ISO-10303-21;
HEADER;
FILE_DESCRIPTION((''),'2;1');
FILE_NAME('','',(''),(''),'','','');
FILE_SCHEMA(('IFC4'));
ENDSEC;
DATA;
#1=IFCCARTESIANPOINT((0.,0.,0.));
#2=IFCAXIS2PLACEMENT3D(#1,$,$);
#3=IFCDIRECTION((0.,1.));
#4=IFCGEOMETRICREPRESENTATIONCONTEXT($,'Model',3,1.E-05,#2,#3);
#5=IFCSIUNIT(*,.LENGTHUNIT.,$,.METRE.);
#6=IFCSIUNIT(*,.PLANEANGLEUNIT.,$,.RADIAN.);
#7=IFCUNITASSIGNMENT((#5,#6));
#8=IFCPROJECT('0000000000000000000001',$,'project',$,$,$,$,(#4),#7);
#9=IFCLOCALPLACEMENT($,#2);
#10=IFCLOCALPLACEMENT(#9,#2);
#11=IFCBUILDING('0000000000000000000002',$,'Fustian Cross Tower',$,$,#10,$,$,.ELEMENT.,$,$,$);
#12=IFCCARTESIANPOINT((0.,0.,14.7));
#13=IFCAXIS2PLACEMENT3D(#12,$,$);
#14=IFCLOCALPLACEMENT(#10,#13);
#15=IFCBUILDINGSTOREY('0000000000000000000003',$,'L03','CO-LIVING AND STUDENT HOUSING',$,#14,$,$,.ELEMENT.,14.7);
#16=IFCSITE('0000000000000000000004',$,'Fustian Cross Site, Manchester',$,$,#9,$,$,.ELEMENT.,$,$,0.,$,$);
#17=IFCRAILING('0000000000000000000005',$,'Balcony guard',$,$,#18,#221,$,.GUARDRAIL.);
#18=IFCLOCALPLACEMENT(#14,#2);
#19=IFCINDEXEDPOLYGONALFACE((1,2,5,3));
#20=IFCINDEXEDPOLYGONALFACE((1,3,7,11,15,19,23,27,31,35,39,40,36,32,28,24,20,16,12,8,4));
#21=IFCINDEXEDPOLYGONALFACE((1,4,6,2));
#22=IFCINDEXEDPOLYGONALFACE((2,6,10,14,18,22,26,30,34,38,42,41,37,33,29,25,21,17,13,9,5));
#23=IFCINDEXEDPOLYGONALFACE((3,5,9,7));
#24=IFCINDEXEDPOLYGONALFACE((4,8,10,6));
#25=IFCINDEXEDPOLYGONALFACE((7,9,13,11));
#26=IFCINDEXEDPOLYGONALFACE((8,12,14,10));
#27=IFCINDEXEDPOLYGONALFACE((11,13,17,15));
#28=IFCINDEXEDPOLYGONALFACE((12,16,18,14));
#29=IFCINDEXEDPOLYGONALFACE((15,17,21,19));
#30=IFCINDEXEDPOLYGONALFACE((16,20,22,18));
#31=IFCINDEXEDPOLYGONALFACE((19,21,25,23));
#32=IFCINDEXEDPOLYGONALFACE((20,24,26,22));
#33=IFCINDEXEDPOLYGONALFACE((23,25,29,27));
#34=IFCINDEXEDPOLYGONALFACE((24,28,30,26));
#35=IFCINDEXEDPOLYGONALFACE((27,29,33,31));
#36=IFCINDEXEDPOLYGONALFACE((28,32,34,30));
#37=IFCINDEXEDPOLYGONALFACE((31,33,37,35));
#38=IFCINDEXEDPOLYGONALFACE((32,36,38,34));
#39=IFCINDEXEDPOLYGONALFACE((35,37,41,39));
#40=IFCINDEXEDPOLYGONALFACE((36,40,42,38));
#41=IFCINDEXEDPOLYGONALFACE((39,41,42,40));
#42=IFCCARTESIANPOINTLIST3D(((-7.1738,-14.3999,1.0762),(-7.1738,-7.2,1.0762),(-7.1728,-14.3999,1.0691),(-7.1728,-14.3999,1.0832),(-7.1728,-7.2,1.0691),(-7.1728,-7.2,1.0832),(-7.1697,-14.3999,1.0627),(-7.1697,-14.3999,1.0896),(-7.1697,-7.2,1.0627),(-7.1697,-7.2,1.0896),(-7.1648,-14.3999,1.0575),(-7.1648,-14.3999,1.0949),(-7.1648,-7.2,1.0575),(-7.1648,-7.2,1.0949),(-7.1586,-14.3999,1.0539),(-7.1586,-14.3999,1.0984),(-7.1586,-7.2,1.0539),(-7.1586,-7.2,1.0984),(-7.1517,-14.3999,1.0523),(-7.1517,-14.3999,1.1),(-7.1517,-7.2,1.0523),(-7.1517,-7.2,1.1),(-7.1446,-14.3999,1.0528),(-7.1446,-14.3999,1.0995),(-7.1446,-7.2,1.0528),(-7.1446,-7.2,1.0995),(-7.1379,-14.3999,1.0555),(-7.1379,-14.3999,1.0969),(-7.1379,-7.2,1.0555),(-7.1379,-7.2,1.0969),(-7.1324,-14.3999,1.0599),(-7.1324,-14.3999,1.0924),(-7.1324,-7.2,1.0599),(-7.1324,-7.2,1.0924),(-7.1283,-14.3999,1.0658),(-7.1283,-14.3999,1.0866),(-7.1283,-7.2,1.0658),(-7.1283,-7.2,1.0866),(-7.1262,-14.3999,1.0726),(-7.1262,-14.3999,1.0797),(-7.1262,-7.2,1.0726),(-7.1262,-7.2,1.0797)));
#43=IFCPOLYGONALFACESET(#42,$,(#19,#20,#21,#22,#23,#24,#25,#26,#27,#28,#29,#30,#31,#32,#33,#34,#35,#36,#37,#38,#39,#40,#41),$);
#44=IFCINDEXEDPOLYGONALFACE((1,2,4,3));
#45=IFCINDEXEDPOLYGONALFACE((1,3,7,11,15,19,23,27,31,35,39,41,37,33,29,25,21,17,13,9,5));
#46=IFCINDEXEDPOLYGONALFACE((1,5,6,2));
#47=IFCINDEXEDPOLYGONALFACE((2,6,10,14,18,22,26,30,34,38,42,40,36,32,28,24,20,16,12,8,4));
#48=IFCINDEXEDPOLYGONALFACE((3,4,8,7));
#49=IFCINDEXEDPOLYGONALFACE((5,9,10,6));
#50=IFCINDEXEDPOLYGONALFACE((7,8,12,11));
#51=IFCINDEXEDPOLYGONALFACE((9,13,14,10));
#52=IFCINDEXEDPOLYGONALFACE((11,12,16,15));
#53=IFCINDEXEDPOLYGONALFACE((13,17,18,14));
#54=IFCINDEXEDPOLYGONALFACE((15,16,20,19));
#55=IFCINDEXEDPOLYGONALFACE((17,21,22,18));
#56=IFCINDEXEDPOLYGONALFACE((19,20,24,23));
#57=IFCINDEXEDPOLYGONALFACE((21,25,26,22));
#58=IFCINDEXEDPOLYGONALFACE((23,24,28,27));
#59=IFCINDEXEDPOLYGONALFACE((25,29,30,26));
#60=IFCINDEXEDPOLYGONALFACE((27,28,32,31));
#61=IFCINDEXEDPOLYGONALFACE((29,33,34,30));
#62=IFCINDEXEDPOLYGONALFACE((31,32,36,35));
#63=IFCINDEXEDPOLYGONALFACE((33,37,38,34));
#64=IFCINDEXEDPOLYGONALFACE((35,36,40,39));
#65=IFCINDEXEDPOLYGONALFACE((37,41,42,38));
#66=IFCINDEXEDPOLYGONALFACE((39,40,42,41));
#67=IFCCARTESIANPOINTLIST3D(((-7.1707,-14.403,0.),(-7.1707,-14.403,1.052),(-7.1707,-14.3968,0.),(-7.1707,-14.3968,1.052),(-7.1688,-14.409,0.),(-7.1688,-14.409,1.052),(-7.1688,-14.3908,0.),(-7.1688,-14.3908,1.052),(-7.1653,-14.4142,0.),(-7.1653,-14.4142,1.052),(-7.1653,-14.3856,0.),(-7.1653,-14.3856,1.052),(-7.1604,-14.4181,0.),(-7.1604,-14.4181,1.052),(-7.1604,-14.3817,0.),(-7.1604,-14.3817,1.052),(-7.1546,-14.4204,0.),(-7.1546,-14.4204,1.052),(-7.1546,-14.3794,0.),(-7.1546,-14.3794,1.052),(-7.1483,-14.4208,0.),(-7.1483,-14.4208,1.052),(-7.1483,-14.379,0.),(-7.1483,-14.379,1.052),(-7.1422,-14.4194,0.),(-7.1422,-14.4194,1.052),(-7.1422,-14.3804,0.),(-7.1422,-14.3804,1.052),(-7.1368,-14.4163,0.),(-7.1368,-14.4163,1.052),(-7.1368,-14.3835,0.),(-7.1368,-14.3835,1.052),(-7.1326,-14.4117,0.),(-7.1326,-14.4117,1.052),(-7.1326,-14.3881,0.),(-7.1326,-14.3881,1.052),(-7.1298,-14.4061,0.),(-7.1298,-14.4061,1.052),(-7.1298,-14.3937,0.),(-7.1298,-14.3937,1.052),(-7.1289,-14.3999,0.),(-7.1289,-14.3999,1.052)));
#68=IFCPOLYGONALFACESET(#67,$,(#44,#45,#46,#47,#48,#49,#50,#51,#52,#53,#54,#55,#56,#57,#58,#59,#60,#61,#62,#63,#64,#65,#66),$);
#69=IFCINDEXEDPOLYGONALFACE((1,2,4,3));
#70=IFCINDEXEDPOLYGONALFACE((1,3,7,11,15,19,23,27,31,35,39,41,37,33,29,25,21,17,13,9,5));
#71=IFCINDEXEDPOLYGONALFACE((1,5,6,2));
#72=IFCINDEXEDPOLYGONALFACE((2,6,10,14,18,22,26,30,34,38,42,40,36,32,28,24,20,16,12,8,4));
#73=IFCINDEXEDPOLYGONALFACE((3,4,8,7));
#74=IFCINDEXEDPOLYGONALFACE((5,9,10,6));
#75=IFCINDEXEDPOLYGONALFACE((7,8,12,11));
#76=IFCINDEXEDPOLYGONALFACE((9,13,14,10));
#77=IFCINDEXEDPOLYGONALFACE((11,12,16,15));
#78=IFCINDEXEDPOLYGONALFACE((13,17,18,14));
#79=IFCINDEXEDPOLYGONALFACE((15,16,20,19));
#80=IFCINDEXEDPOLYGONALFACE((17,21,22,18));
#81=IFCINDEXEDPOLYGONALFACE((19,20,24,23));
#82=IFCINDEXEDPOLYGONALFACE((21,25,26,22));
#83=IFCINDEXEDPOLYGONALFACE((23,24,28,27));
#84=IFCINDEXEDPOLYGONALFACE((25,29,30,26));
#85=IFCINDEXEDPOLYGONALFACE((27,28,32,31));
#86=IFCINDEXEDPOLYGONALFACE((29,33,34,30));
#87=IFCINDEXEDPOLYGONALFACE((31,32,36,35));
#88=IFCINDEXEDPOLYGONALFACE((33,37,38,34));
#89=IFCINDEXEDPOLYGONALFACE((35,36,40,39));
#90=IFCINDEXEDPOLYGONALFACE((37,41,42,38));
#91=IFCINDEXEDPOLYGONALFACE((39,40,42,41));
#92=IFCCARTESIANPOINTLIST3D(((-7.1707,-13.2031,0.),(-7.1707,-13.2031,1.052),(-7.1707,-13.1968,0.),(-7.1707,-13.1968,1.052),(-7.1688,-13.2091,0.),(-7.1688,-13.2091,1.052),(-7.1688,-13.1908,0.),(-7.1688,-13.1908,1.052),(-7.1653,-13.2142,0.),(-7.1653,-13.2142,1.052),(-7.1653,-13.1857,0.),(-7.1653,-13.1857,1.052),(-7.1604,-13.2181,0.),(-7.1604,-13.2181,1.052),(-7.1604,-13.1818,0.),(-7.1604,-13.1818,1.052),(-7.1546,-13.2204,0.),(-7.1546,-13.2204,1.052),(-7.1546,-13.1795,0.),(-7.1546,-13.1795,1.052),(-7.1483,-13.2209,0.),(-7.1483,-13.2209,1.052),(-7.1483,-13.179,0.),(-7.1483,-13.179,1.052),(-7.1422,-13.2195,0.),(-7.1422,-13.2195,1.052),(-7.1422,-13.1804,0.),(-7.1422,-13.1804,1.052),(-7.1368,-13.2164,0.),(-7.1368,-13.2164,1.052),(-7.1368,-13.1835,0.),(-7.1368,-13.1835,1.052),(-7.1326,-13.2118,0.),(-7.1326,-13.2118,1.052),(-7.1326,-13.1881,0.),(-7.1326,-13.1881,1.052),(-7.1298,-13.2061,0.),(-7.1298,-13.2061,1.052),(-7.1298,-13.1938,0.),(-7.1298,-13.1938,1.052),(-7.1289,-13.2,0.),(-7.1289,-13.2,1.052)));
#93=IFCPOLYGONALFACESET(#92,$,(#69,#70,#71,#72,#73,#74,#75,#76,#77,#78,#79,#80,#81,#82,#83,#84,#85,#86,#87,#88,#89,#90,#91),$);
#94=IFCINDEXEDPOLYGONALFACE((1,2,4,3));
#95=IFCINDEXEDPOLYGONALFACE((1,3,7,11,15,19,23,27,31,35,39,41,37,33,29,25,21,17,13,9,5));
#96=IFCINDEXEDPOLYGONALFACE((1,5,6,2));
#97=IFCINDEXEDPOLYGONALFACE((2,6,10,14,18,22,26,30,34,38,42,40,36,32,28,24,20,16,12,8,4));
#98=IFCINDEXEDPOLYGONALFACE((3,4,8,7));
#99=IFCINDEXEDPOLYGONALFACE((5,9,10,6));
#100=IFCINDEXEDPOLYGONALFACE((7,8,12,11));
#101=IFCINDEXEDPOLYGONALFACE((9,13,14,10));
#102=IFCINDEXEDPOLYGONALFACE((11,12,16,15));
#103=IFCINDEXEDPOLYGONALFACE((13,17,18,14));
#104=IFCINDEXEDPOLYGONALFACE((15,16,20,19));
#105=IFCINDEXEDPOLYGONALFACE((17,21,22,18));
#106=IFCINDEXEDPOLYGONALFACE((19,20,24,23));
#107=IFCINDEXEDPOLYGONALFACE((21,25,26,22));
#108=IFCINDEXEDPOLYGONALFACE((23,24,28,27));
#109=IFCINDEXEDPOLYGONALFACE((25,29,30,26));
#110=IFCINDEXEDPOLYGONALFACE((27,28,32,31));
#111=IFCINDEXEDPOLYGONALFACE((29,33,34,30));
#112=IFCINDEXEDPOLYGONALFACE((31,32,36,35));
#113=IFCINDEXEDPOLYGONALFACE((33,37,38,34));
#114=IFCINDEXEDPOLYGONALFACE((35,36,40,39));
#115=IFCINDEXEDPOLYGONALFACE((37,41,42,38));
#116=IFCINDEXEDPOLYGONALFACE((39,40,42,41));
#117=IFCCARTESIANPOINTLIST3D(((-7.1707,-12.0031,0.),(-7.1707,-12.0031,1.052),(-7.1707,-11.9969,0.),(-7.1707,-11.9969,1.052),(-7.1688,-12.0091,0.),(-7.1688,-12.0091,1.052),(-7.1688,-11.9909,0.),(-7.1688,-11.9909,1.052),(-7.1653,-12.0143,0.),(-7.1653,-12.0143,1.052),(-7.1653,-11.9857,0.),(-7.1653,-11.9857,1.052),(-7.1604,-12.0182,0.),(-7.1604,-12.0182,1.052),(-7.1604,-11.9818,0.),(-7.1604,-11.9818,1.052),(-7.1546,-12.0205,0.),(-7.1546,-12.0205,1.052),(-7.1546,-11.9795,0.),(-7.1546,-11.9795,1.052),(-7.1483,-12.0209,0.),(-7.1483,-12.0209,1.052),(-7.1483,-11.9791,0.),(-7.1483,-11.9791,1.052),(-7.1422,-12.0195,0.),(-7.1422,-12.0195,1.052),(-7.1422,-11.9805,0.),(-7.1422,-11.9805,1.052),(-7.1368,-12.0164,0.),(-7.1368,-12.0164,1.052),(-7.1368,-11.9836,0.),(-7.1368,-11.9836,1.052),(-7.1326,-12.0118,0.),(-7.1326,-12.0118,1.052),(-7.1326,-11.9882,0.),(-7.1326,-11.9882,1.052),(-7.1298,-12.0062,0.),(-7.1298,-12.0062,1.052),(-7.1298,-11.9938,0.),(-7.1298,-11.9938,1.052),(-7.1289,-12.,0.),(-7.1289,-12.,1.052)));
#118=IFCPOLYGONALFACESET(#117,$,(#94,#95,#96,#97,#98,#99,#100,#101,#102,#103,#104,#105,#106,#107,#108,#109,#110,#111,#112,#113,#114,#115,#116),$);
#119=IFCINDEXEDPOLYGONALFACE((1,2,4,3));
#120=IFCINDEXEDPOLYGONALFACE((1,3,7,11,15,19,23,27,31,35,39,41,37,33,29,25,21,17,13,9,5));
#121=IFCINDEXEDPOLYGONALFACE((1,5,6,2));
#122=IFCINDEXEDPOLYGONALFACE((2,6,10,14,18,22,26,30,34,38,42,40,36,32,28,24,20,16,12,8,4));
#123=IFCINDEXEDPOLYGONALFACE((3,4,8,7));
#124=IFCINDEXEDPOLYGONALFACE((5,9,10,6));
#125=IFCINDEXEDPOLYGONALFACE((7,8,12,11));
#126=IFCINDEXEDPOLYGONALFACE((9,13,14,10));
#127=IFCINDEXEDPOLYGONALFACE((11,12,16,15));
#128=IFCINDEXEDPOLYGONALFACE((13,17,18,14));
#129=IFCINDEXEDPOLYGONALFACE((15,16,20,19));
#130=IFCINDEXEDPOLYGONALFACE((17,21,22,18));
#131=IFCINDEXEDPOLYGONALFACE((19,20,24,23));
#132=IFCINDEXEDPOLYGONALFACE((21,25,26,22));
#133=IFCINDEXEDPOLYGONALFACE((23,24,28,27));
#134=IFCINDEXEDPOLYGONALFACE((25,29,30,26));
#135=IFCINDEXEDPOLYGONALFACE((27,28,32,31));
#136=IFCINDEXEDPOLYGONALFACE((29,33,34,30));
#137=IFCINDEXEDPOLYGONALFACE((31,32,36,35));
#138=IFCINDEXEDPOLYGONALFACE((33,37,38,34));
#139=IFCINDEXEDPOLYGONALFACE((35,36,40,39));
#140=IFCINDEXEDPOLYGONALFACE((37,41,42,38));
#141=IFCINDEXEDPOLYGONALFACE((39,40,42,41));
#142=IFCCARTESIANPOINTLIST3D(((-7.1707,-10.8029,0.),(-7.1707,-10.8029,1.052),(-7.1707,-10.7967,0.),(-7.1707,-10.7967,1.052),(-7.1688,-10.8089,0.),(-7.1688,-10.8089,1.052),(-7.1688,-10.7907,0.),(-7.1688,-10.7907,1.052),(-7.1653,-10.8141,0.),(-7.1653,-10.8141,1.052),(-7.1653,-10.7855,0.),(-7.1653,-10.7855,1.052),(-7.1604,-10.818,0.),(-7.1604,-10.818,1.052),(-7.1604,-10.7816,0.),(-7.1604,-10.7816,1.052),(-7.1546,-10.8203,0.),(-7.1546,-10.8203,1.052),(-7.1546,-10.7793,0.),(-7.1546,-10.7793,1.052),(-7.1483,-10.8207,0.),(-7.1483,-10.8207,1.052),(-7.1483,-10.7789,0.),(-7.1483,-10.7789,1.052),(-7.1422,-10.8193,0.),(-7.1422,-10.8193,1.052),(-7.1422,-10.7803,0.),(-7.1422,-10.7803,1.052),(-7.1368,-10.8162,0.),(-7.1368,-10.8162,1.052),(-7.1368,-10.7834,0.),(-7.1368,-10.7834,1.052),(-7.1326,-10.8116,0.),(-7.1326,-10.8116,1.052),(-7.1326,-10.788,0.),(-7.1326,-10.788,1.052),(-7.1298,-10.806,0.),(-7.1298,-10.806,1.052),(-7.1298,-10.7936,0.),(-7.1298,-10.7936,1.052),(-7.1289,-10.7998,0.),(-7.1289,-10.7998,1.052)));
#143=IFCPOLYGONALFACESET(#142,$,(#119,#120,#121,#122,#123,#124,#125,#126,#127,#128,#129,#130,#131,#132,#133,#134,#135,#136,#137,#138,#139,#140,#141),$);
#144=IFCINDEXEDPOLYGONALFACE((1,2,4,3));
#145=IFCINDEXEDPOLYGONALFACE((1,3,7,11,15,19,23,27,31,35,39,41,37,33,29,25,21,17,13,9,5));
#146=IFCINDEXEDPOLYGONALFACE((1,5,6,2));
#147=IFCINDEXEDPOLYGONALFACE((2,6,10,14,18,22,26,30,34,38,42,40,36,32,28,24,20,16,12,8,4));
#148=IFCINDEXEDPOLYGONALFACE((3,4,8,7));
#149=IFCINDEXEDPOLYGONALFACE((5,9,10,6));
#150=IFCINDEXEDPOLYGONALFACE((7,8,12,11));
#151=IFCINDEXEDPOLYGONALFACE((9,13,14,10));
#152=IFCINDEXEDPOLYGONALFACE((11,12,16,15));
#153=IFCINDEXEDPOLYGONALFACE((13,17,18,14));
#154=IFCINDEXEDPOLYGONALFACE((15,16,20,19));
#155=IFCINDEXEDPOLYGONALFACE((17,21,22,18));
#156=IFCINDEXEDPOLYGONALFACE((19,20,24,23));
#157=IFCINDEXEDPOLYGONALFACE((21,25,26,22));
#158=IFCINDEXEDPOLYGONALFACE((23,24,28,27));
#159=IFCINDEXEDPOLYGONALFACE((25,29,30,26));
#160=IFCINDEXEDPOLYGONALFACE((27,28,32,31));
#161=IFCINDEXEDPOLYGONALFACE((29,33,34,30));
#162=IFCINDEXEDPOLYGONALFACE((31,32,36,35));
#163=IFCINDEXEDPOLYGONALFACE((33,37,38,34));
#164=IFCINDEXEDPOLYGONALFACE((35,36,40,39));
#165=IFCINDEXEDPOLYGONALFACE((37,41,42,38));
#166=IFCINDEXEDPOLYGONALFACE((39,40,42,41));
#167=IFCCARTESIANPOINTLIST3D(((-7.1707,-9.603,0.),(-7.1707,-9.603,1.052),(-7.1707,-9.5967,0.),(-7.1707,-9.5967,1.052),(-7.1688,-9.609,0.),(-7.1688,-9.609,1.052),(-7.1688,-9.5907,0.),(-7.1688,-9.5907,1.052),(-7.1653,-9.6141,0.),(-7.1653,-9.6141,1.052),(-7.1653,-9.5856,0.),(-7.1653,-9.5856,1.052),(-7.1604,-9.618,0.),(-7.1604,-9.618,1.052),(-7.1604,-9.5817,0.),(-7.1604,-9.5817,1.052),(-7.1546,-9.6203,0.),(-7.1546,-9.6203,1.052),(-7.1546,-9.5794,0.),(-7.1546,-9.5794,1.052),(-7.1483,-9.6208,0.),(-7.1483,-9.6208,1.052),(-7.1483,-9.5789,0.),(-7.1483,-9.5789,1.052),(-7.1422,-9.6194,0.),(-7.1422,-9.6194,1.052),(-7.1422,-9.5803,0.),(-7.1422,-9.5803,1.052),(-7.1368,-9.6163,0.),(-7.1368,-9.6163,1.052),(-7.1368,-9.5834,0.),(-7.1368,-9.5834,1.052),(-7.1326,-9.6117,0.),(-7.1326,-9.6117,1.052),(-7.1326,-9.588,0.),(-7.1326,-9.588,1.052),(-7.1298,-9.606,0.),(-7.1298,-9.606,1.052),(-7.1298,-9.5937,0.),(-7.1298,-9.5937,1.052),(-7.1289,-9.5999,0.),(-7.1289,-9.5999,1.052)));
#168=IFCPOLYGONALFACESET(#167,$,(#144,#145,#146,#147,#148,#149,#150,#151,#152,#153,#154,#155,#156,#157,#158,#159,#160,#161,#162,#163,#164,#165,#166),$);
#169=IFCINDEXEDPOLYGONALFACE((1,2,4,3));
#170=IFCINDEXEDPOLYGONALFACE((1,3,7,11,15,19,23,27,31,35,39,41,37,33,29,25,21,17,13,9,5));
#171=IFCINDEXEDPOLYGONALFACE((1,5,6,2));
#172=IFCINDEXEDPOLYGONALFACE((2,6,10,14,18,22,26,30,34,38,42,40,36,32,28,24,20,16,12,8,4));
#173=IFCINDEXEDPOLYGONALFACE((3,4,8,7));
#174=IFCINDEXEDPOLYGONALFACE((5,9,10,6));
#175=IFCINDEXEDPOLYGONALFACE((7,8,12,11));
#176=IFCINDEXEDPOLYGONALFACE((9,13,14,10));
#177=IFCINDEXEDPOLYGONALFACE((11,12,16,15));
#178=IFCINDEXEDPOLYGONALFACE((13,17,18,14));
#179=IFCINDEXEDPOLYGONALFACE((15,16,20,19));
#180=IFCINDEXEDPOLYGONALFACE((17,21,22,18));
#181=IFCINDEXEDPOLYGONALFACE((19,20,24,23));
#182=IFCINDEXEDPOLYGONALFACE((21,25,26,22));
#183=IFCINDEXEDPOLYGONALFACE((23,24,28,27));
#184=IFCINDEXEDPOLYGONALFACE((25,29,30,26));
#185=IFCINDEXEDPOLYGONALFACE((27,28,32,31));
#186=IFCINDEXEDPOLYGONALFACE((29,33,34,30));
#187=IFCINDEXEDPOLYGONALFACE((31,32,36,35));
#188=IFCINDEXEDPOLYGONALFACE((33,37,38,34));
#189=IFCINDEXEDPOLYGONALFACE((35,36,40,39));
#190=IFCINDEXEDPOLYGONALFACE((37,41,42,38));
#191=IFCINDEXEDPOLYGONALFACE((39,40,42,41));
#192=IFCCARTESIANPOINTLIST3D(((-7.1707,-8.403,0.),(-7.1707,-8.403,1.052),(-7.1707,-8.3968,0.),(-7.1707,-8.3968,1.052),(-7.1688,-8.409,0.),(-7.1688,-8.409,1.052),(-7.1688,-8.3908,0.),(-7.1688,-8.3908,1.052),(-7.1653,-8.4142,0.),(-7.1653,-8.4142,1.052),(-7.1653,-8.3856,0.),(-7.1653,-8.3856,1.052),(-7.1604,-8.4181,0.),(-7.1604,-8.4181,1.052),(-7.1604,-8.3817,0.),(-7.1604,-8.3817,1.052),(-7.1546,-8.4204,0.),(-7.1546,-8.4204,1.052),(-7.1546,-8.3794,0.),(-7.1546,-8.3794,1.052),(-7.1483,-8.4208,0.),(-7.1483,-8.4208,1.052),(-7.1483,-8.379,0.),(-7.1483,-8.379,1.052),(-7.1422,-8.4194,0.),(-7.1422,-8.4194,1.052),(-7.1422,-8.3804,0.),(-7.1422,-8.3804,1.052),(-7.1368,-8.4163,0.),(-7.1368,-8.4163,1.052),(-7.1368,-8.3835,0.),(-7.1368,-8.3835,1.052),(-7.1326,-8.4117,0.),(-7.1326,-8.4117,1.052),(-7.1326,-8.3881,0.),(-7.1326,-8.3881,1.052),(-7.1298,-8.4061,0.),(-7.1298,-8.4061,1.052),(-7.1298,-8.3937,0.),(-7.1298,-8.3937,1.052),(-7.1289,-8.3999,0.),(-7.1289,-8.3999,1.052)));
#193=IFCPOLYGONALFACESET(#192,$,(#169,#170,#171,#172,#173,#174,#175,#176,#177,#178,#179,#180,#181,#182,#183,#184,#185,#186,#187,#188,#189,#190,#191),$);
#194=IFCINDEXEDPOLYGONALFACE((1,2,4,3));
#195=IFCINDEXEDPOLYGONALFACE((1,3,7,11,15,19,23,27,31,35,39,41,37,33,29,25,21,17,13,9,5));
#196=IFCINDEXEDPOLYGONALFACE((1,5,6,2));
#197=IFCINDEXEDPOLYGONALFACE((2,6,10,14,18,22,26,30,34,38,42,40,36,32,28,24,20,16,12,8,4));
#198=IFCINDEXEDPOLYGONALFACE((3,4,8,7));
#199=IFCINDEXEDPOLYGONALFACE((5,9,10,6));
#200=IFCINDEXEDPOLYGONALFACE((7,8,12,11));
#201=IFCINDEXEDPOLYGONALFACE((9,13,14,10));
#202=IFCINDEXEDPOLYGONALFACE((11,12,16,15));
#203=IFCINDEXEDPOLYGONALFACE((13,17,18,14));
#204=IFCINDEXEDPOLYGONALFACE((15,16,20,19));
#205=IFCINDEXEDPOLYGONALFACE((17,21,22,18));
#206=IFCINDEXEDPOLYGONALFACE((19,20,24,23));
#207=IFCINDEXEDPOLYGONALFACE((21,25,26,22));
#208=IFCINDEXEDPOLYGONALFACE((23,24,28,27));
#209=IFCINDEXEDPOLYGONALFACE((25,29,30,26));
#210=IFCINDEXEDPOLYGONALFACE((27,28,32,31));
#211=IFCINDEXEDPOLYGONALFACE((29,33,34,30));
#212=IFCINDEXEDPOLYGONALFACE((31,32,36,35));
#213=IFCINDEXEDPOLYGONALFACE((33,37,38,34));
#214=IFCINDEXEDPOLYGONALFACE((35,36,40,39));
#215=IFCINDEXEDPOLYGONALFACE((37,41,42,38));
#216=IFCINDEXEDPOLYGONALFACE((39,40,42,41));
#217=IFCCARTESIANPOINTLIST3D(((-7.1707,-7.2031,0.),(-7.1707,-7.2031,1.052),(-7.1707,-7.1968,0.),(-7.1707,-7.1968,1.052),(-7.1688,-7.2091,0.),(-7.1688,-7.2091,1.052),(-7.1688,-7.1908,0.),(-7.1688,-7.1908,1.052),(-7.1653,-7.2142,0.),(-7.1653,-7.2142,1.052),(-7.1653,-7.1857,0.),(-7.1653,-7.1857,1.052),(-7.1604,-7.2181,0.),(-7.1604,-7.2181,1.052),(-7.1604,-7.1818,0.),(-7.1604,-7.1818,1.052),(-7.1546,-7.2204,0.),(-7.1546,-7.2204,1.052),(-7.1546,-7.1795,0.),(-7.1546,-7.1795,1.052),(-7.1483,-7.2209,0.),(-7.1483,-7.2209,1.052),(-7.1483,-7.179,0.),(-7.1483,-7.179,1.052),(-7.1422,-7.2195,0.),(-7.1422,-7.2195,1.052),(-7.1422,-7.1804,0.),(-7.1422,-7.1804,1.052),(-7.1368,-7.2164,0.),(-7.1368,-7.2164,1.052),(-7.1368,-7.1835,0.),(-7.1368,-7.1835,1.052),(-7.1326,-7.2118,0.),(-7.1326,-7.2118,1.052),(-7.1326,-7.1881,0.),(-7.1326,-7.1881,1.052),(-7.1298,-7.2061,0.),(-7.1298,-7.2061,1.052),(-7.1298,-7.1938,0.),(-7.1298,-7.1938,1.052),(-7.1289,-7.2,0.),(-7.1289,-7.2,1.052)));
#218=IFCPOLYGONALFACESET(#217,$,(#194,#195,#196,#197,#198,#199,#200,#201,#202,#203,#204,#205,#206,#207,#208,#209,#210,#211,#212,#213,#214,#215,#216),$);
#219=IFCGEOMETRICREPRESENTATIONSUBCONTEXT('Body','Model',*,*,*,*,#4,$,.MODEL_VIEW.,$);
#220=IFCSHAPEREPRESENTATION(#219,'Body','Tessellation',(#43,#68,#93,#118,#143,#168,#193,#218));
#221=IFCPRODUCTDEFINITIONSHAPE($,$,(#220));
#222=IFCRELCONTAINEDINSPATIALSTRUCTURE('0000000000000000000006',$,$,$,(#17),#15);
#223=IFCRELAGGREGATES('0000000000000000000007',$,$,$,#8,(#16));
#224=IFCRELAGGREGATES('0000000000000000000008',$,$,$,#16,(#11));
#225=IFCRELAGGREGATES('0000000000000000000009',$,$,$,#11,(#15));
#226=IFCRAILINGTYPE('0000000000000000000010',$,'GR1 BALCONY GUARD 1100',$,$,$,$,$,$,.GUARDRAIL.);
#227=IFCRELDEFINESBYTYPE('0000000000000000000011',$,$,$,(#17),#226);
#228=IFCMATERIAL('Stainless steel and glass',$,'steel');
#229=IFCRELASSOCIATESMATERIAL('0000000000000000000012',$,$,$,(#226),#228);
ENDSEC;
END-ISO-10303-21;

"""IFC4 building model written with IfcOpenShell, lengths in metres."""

from ifc_helpers import new_model, si_unit, direction, frame, origin, origin_2d, place, context, subcontext, project, spatial, circle, extrude, material, type_object, element, save


model = new_model("IFC4")

# Units and contexts
model_context = context("Model", 3, precision=1e-05, world=origin(), true_north=direction((0.0, 1.0)))
body_context = subcontext(model_context, "Body", "Model", "MODEL_VIEW")
ifc_project = project(units=[si_unit("LENGTHUNIT", "METRE"), si_unit("PLANEANGLEUNIT", "RADIAN")], contexts=[model_context])

# Site, building, storey
site_placement = place(None, origin())
site = spatial("IfcSite", under=ifc_project, at=site_placement, Name="Fustian Cross Site, Manchester", CompositionType="ELEMENT", RefElevation=0.0)
building_placement = place(site_placement, origin())
building = spatial("IfcBuilding", under=site, at=building_placement, Name="Fustian Cross Tower", CompositionType="ELEMENT")
storey_placement = place(building_placement, frame((0.0, 0.0, 14.7)))
storey = spatial("IfcBuildingStorey", under=building, at=storey_placement, Name="L03", Description="CO-LIVING AND STUDENT HOUSING", CompositionType="ELEMENT", Elevation=14.7)

# Railing
ifc_material_1 = material(Name="Stainless steel and glass", Category="steel")
railing_type = type_object("IfcRailingType", Name="GR1 BALCONY GUARD 1100", PredefinedType="GUARDRAIL", material=ifc_material_1)
railing_placement = place(storey_placement, frame((-7.1499, -14.3999, 0.0)))
element("IfcRailing", 1, at=railing_placement, inside=storey, type_object=railing_type, Name="Balcony guard", PredefinedType="GUARDRAIL", context=body_context, shape_type="SweptSolid", body=[
    extrude(circle(Radius=0.0239, at=origin_2d()), frame((0.0, 0.0, 1.0762), z_axis=(0.0, 1.0, 0.0), x_axis=(-1.0, 0.0, 0.0)), (0.0, 0.0, 1.0), 7.2),
    extrude(circle(Radius=0.021, at=origin_2d()), origin(), (0.0, 0.0, 1.0), 1.052),
    extrude(circle(Radius=0.021, at=origin_2d()), frame((0.0, 1.2, 0.0)), (0.0, 0.0, 1.0), 1.052),
    extrude(circle(Radius=0.021, at=origin_2d()), frame((0.0, 2.3999, 0.0)), (0.0, 0.0, 1.0), 1.052),
    extrude(circle(Radius=0.021, at=origin_2d()), frame((0.0, 3.6001, 0.0)), (0.0, 0.0, 1.0), 1.052),
    extrude(circle(Radius=0.021, at=origin_2d()), frame((0.0, 4.8, 0.0)), (0.0, 0.0, 1.0), 1.052),
    extrude(circle(Radius=0.021, at=origin_2d()), frame((0.0, 6.0, 0.0)), (0.0, 0.0, 1.0), 1.052),
    extrude(circle(Radius=0.021, at=origin_2d()), frame((0.0, 7.2, 0.0)), (0.0, 0.0, 1.0), 1.052),
])

save(model, "model.ifc")
